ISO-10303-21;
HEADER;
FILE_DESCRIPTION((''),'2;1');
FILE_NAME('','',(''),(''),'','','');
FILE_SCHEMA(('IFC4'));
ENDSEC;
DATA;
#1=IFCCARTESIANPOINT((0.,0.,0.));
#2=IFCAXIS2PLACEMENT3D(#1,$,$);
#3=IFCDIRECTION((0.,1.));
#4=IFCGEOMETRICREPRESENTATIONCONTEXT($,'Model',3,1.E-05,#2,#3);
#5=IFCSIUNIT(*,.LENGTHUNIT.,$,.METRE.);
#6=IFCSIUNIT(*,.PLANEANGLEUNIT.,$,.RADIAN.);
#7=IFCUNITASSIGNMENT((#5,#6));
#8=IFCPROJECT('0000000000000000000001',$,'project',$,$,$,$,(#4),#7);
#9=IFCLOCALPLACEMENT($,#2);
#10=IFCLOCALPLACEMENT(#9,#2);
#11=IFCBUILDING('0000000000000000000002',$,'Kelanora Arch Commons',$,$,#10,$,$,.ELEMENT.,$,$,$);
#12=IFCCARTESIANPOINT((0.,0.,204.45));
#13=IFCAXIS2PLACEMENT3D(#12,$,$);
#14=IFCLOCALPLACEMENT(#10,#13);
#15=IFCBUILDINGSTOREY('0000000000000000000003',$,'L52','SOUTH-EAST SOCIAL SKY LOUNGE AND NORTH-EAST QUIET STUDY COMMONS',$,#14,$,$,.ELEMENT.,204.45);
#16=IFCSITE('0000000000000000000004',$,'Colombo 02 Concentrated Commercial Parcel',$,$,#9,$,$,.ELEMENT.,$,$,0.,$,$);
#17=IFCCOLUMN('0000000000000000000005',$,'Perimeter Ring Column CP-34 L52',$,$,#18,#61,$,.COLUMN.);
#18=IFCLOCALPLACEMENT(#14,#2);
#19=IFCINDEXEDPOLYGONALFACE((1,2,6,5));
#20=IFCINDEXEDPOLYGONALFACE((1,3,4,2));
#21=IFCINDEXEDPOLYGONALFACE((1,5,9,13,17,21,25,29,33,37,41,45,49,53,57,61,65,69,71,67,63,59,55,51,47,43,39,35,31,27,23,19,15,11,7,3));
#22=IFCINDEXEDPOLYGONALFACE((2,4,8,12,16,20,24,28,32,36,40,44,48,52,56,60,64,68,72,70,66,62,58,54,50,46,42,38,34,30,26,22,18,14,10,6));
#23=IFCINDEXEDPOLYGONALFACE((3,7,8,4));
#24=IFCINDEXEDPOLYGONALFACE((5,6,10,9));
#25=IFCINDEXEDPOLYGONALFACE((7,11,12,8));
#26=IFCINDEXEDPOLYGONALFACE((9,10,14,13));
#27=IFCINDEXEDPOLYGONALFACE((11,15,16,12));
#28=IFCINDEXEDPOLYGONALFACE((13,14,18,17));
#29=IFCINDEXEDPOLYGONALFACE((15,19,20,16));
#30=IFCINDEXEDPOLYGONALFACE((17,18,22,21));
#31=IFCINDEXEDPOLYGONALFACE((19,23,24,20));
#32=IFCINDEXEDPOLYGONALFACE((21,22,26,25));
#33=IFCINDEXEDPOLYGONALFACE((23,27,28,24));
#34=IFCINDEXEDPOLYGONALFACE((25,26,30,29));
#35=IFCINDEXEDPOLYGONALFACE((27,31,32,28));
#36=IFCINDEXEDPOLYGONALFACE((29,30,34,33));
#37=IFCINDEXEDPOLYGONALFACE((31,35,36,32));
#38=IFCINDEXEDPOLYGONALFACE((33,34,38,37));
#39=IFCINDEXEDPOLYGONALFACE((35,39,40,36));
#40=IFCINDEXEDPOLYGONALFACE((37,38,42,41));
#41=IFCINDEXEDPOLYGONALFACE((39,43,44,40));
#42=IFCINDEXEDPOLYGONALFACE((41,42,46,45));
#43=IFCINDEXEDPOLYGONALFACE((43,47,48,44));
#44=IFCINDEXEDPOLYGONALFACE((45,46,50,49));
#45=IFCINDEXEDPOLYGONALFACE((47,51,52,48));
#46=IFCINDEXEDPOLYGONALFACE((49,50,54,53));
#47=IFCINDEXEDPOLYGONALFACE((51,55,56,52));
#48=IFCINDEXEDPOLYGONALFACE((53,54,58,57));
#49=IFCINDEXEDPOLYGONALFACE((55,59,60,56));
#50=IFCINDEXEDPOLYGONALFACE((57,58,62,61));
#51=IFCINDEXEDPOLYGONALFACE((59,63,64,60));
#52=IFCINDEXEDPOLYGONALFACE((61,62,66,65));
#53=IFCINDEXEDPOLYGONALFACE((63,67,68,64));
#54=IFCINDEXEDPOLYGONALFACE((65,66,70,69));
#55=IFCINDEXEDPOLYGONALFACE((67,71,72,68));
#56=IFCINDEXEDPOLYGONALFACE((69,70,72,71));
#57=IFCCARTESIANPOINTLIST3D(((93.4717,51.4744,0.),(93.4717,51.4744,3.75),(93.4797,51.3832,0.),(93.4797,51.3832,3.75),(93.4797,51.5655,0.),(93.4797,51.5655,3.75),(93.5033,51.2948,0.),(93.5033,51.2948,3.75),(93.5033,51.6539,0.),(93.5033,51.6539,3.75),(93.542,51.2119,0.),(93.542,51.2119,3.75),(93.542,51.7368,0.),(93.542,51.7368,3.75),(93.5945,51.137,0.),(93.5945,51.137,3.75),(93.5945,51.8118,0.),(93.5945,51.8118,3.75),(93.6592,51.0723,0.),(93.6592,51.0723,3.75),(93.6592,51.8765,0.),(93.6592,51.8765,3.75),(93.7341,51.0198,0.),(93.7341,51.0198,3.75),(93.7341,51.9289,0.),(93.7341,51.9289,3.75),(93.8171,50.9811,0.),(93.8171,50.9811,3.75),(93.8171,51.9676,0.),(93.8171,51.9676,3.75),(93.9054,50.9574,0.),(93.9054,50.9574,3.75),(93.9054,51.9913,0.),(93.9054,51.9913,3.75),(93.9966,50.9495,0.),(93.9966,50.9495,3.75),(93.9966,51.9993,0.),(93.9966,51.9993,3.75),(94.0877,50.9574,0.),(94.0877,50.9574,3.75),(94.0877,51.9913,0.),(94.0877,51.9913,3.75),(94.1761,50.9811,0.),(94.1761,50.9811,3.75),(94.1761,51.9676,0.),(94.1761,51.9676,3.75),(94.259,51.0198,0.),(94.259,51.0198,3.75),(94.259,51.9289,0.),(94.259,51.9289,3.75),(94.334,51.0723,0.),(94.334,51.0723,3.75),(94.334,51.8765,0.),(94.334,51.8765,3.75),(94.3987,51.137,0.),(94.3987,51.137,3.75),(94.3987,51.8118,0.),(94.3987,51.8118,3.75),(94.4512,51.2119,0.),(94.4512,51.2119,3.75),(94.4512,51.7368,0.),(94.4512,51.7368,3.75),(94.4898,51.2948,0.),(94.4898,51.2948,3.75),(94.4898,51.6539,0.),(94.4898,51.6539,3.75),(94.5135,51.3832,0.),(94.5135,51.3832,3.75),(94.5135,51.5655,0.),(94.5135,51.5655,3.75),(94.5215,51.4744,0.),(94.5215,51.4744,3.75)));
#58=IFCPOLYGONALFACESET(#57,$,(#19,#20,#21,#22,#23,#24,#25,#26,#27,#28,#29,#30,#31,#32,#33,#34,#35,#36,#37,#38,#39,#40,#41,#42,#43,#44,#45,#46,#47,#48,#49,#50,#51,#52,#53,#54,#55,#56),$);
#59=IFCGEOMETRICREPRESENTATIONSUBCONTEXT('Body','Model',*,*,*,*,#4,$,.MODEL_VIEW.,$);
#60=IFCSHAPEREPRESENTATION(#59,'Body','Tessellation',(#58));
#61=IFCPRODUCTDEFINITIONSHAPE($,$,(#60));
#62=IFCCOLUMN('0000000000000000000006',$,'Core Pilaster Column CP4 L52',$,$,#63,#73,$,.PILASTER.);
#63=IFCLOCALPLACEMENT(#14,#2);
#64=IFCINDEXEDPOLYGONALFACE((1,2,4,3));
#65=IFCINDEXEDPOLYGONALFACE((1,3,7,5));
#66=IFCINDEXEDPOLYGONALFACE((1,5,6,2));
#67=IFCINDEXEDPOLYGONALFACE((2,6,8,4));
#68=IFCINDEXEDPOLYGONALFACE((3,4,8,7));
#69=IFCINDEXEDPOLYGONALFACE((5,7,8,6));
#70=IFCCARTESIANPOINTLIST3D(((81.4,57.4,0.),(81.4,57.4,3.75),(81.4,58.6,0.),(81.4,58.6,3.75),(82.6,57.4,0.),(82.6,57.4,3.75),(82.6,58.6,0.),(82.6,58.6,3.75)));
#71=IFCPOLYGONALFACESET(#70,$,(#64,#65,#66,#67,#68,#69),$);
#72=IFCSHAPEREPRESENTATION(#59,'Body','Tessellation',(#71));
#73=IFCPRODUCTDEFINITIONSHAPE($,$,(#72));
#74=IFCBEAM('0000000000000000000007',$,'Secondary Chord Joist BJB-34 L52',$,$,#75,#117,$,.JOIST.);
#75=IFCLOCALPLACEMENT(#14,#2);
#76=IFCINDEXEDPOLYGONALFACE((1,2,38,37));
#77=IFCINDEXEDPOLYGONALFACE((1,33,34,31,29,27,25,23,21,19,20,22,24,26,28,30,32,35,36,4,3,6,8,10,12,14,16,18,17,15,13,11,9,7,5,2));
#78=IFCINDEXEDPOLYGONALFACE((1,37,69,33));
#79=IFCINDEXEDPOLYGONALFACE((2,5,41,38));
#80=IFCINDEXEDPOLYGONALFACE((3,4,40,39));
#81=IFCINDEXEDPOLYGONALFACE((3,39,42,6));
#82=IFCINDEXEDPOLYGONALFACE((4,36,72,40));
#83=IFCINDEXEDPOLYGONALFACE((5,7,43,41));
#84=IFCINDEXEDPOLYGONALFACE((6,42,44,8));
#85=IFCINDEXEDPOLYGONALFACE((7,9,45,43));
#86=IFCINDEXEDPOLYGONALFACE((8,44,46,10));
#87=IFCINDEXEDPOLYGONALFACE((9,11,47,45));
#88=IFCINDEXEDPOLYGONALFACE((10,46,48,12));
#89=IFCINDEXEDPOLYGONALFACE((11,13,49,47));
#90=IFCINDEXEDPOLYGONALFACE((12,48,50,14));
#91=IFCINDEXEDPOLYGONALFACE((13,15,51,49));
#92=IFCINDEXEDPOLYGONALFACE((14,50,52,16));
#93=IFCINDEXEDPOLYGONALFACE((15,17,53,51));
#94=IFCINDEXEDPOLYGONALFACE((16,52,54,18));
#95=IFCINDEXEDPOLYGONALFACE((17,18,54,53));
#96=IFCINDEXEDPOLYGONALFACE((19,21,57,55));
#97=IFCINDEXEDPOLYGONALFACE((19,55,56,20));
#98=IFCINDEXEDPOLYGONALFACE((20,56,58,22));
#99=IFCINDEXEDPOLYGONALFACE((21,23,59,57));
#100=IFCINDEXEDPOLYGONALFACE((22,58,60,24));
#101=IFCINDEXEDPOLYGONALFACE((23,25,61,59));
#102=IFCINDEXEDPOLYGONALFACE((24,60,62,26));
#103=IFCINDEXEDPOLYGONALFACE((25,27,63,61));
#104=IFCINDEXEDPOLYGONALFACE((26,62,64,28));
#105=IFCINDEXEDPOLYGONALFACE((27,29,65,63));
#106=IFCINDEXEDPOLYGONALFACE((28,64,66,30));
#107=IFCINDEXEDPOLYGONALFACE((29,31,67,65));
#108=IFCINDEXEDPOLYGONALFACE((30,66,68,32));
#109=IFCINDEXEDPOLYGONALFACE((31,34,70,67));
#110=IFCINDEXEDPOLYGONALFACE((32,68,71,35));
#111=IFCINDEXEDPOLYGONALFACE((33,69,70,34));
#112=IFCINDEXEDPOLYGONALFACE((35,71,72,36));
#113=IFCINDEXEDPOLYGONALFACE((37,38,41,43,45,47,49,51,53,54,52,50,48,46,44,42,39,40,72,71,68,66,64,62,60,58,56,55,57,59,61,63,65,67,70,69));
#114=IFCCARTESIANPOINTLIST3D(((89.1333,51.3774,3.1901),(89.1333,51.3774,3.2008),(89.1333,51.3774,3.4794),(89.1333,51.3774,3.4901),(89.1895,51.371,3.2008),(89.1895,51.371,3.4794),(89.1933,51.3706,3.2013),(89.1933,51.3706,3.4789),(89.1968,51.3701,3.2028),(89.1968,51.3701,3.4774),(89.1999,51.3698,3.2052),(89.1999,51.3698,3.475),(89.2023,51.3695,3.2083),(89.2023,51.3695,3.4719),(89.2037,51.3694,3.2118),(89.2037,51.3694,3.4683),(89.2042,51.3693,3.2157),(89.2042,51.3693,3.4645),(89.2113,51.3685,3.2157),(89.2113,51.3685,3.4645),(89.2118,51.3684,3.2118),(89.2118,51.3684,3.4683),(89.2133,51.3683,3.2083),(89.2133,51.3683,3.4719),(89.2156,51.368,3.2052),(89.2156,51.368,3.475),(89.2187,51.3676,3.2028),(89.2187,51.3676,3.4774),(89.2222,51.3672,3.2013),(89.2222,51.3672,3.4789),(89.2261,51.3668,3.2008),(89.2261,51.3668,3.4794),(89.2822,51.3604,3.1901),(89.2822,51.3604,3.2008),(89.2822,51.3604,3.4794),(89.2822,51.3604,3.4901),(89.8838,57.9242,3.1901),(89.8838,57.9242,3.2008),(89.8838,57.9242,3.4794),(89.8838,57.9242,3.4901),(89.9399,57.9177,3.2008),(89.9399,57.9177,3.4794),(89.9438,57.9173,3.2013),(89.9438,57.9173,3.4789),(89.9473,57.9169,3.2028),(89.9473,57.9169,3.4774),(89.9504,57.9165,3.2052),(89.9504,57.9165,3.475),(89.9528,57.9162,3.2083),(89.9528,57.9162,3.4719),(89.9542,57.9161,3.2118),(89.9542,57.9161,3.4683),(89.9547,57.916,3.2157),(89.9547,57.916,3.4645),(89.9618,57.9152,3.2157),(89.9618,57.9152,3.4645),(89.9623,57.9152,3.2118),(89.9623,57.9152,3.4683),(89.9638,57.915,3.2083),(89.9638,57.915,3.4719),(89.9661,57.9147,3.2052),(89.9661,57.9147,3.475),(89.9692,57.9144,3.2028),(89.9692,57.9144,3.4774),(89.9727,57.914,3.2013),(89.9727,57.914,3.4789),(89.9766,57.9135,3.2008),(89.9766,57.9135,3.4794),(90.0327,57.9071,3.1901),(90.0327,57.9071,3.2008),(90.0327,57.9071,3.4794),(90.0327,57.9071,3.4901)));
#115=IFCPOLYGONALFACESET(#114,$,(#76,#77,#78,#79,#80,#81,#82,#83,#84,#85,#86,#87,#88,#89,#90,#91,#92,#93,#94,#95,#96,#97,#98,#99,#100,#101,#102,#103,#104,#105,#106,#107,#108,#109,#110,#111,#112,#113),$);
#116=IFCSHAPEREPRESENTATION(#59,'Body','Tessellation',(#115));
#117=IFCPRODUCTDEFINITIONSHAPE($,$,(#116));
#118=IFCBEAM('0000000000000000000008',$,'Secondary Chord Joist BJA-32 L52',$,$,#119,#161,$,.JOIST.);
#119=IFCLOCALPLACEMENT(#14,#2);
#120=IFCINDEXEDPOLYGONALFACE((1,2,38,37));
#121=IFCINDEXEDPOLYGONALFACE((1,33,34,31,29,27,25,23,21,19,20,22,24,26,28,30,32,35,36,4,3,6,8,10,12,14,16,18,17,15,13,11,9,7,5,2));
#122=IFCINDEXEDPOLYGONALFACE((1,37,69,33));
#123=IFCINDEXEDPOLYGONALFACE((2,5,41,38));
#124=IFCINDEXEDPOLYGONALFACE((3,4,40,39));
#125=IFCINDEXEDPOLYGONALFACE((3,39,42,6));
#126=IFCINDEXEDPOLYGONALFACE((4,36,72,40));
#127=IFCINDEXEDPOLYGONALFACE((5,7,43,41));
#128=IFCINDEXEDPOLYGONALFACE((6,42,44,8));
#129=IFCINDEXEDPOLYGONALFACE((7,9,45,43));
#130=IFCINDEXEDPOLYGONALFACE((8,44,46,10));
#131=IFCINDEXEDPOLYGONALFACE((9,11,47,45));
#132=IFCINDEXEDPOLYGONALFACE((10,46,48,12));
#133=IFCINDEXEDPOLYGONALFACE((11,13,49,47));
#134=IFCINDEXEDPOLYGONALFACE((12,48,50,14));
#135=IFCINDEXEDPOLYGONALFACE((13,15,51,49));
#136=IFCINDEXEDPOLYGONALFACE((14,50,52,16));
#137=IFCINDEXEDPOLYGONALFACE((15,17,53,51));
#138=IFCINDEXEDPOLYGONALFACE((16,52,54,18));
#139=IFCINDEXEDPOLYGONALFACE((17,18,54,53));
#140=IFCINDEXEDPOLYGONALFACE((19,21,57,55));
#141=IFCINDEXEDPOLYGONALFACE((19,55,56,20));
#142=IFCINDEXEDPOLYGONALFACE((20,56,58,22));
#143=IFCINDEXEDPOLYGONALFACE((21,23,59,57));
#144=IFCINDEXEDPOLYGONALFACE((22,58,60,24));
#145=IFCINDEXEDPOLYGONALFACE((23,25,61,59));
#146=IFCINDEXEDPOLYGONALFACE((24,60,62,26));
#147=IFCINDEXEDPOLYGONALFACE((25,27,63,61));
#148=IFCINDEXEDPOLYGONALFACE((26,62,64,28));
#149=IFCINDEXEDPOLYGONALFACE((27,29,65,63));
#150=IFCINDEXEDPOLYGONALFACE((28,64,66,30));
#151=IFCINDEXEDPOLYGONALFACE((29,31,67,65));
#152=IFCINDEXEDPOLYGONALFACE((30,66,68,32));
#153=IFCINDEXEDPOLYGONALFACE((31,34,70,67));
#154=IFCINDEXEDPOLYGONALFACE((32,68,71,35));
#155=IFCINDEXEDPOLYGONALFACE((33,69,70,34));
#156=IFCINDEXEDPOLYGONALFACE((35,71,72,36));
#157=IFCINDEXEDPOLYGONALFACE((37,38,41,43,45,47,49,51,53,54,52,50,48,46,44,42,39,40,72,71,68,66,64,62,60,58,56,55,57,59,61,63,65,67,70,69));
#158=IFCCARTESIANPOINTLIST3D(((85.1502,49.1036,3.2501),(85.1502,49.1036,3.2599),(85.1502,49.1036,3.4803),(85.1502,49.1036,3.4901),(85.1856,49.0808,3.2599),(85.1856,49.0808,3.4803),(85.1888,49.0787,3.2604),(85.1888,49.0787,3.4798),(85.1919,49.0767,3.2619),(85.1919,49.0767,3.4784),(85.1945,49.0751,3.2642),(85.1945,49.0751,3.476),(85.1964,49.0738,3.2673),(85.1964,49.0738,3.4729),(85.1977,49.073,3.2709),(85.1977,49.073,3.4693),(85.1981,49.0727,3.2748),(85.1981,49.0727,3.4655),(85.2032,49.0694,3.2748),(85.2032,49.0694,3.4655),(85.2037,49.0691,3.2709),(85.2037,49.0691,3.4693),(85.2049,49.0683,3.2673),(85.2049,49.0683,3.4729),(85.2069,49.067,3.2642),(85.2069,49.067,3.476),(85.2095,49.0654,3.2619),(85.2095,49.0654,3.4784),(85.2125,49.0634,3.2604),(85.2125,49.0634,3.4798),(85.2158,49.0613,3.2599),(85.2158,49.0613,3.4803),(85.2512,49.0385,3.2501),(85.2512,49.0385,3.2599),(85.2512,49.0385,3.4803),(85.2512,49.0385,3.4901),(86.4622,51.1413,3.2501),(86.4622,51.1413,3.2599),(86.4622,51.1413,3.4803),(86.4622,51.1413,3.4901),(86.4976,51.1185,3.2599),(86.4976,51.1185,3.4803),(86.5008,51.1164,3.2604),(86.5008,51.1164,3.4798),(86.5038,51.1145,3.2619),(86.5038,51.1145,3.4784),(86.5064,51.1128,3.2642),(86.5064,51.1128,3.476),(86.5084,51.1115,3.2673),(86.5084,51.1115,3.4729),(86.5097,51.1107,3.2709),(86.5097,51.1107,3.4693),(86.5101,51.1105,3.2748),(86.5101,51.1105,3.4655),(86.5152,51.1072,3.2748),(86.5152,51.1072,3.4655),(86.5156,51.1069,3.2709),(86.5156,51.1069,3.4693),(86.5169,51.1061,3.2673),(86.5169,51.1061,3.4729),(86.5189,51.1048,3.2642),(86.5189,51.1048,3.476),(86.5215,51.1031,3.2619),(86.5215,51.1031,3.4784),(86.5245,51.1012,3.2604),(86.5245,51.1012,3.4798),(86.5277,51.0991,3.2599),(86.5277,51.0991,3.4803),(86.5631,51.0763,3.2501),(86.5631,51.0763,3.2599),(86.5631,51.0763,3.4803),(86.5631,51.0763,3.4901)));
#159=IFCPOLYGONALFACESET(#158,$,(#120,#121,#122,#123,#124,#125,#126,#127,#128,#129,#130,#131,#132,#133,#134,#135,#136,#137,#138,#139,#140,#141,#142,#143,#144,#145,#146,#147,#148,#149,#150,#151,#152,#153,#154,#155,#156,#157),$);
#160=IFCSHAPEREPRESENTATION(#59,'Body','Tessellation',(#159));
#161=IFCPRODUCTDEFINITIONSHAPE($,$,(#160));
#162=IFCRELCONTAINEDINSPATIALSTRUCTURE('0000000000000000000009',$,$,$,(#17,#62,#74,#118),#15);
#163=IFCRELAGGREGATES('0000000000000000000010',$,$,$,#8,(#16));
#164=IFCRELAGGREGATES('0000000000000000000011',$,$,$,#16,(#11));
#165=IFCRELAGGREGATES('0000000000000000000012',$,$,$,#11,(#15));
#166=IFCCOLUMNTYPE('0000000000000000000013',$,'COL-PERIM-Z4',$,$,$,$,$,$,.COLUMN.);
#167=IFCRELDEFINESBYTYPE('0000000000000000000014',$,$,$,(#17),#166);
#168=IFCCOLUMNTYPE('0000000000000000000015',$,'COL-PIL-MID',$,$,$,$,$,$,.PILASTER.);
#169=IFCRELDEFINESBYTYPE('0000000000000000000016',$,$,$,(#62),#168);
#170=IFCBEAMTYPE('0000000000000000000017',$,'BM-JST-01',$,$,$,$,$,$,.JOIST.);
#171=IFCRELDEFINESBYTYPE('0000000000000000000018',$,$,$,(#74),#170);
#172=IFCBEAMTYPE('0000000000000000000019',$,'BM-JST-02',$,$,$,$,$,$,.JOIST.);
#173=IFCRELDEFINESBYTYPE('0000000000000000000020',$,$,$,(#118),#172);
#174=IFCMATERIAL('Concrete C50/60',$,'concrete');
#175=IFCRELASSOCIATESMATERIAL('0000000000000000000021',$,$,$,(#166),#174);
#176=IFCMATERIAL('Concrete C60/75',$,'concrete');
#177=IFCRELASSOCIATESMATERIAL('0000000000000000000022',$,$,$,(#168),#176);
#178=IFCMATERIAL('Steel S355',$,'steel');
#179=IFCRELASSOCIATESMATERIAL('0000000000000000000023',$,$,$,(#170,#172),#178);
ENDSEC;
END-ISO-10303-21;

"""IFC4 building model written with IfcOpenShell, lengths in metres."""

from ifc_helpers import new_model, si_unit, direction, frame, origin, origin_2d, place, context, subcontext, project, spatial, rectangle, circle, i_section, extrude, material, material_profile, profile_set, type_object, element, save


model = new_model("IFC4")

# Units and contexts
model_context = context("Model", 3, precision=1e-05, world=origin(), true_north=direction((0.0, 1.0)))
body_context = subcontext(model_context, "Body", "Model", "MODEL_VIEW")
ifc_project = project(units=[si_unit("LENGTHUNIT", "METRE"), si_unit("PLANEANGLEUNIT", "RADIAN")], contexts=[model_context])

# Site, building, storey
site_placement = place(None, origin())
site = spatial("IfcSite", under=ifc_project, at=site_placement, Name="Colombo 02 Concentrated Commercial Parcel", CompositionType="ELEMENT", RefElevation=0.0)
building_placement = place(site_placement, origin())
building = spatial("IfcBuilding", under=site, at=building_placement, Name="Kelanora Arch Commons", CompositionType="ELEMENT")
storey_placement = place(building_placement, frame((0.0, 0.0, 204.45)))
storey = spatial("IfcBuildingStorey", under=building, at=storey_placement, Name="L52", Description="SOUTH-EAST SOCIAL SKY LOUNGE AND NORTH-EAST QUIET STUDY COMMONS", CompositionType="ELEMENT", Elevation=204.45)

# Columns
ifc_material_1 = material(Name="Concrete C50/60", Category="concrete")
ifc_material_profile_1 = material_profile(ifc_material_1, circle(Radius=0.5249, at=origin_2d()), Name="RCC1050")
ifc_profile_set_1 = profile_set([ifc_material_profile_1], Name="Concrete C50/60")
column_type_1 = type_object("IfcColumnType", Name="COL-PERIM-Z4", PredefinedType="COLUMN", material=ifc_profile_set_1)
column_1_placement = place(storey_placement, frame((93.9966, 51.4744, 0.0), z_axis=(0.0, 0.0, 1.0), x_axis=(1.0, 0.0, 0.0)))
element("IfcColumn", 1, at=column_1_placement, inside=storey, type_object=column_type_1, Name="Perimeter Ring Column CP-34 L52", PredefinedType="COLUMN", context=body_context, shape_type="SweptSolid", body=[
    extrude(circle(Radius=0.5249, at=origin_2d()), origin(), (0.0, 0.0, 1.0), 3.75),
])
ifc_material_2 = material(Name="Concrete C60/75", Category="concrete")
ifc_material_profile_2 = material_profile(ifc_material_2, rectangle(XDim=1.2, YDim=1.2, at=origin_2d()), Name="RC1200x1200")
ifc_profile_set_2 = profile_set([ifc_material_profile_2], Name="Concrete C60/75")
column_type_2 = type_object("IfcColumnType", Name="COL-PIL-MID", PredefinedType="PILASTER", material=ifc_profile_set_2)
column_2_placement = place(storey_placement, frame((82.0, 58.0, 0.0), z_axis=(0.0, 0.0, 1.0), x_axis=(1.0, 0.0, 0.0)))
element("IfcColumn", 2, at=column_2_placement, inside=storey, type_object=column_type_2, Name="Core Pilaster Column CP4 L52", PredefinedType="PILASTER", context=body_context, shape_type="SweptSolid", body=[
    extrude(rectangle(XDim=1.2, YDim=1.2, at=origin_2d()), origin(), (0.0, 0.0, 1.0), 3.75),
])

# Beams
ifc_material_3 = material(Name="Steel S355", Category="steel")
ifc_material_profile_3 = material_profile(ifc_material_3, i_section(OverallWidth=0.1499, OverallDepth=0.3, WebThickness=0.0071, FlangeThickness=0.0107, FilletRadius=0.0149, at=origin_2d()), Name="IPE300")
ifc_profile_set_3 = profile_set([ifc_material_profile_3], Name="Steel S355")
beam_type_1 = type_object("IfcBeamType", Name="BM-JST-01", PredefinedType="JOIST", material=ifc_profile_set_3)
beam_1_placement = place(storey_placement, frame((89.2078, 51.3689, 3.3401), z_axis=(0.113891, 0.993493, 0.0), x_axis=(-0.993493, 0.113891, 0.0)))
element("IfcBeam", 3, at=beam_1_placement, inside=storey, type_object=beam_type_1, Name="Secondary Chord Joist BJB-34 L52", PredefinedType="JOIST", context=body_context, shape_type="SweptSolid", body=[
    extrude(i_section(OverallWidth=0.1499, OverallDepth=0.3, WebThickness=0.0071, FlangeThickness=0.0107, FilletRadius=0.0149, at=origin_2d()), origin(), (0.0, 0.0, 1.0), 6.5896),
])
ifc_material_profile_4 = material_profile(ifc_material_3, i_section(OverallWidth=0.1201, OverallDepth=0.24, WebThickness=0.0061, FlangeThickness=0.0098, FilletRadius=0.0149, at=origin_2d()), Name="IPE240")
ifc_profile_set_4 = profile_set([ifc_material_profile_4], Name="Steel S355")
beam_type_2 = type_object("IfcBeamType", Name="BM-JST-02", PredefinedType="JOIST", material=ifc_profile_set_4)
beam_2_placement = place(storey_placement, frame((85.2007, 49.071, 3.3701), z_axis=(0.541333, 0.840808, 0.0), x_axis=(-0.840808, 0.541333, 0.0)))
element("IfcBeam", 4, at=beam_2_placement, inside=storey, type_object=beam_type_2, Name="Secondary Chord Joist BJA-32 L52", PredefinedType="JOIST", context=body_context, shape_type="SweptSolid", body=[
    extrude(i_section(OverallWidth=0.1201, OverallDepth=0.24, WebThickness=0.0061, FlangeThickness=0.0098, FilletRadius=0.0149, at=origin_2d()), origin(), (0.0, 0.0, 1.0), 2.4236),
])

save(model, "model.ifc")
